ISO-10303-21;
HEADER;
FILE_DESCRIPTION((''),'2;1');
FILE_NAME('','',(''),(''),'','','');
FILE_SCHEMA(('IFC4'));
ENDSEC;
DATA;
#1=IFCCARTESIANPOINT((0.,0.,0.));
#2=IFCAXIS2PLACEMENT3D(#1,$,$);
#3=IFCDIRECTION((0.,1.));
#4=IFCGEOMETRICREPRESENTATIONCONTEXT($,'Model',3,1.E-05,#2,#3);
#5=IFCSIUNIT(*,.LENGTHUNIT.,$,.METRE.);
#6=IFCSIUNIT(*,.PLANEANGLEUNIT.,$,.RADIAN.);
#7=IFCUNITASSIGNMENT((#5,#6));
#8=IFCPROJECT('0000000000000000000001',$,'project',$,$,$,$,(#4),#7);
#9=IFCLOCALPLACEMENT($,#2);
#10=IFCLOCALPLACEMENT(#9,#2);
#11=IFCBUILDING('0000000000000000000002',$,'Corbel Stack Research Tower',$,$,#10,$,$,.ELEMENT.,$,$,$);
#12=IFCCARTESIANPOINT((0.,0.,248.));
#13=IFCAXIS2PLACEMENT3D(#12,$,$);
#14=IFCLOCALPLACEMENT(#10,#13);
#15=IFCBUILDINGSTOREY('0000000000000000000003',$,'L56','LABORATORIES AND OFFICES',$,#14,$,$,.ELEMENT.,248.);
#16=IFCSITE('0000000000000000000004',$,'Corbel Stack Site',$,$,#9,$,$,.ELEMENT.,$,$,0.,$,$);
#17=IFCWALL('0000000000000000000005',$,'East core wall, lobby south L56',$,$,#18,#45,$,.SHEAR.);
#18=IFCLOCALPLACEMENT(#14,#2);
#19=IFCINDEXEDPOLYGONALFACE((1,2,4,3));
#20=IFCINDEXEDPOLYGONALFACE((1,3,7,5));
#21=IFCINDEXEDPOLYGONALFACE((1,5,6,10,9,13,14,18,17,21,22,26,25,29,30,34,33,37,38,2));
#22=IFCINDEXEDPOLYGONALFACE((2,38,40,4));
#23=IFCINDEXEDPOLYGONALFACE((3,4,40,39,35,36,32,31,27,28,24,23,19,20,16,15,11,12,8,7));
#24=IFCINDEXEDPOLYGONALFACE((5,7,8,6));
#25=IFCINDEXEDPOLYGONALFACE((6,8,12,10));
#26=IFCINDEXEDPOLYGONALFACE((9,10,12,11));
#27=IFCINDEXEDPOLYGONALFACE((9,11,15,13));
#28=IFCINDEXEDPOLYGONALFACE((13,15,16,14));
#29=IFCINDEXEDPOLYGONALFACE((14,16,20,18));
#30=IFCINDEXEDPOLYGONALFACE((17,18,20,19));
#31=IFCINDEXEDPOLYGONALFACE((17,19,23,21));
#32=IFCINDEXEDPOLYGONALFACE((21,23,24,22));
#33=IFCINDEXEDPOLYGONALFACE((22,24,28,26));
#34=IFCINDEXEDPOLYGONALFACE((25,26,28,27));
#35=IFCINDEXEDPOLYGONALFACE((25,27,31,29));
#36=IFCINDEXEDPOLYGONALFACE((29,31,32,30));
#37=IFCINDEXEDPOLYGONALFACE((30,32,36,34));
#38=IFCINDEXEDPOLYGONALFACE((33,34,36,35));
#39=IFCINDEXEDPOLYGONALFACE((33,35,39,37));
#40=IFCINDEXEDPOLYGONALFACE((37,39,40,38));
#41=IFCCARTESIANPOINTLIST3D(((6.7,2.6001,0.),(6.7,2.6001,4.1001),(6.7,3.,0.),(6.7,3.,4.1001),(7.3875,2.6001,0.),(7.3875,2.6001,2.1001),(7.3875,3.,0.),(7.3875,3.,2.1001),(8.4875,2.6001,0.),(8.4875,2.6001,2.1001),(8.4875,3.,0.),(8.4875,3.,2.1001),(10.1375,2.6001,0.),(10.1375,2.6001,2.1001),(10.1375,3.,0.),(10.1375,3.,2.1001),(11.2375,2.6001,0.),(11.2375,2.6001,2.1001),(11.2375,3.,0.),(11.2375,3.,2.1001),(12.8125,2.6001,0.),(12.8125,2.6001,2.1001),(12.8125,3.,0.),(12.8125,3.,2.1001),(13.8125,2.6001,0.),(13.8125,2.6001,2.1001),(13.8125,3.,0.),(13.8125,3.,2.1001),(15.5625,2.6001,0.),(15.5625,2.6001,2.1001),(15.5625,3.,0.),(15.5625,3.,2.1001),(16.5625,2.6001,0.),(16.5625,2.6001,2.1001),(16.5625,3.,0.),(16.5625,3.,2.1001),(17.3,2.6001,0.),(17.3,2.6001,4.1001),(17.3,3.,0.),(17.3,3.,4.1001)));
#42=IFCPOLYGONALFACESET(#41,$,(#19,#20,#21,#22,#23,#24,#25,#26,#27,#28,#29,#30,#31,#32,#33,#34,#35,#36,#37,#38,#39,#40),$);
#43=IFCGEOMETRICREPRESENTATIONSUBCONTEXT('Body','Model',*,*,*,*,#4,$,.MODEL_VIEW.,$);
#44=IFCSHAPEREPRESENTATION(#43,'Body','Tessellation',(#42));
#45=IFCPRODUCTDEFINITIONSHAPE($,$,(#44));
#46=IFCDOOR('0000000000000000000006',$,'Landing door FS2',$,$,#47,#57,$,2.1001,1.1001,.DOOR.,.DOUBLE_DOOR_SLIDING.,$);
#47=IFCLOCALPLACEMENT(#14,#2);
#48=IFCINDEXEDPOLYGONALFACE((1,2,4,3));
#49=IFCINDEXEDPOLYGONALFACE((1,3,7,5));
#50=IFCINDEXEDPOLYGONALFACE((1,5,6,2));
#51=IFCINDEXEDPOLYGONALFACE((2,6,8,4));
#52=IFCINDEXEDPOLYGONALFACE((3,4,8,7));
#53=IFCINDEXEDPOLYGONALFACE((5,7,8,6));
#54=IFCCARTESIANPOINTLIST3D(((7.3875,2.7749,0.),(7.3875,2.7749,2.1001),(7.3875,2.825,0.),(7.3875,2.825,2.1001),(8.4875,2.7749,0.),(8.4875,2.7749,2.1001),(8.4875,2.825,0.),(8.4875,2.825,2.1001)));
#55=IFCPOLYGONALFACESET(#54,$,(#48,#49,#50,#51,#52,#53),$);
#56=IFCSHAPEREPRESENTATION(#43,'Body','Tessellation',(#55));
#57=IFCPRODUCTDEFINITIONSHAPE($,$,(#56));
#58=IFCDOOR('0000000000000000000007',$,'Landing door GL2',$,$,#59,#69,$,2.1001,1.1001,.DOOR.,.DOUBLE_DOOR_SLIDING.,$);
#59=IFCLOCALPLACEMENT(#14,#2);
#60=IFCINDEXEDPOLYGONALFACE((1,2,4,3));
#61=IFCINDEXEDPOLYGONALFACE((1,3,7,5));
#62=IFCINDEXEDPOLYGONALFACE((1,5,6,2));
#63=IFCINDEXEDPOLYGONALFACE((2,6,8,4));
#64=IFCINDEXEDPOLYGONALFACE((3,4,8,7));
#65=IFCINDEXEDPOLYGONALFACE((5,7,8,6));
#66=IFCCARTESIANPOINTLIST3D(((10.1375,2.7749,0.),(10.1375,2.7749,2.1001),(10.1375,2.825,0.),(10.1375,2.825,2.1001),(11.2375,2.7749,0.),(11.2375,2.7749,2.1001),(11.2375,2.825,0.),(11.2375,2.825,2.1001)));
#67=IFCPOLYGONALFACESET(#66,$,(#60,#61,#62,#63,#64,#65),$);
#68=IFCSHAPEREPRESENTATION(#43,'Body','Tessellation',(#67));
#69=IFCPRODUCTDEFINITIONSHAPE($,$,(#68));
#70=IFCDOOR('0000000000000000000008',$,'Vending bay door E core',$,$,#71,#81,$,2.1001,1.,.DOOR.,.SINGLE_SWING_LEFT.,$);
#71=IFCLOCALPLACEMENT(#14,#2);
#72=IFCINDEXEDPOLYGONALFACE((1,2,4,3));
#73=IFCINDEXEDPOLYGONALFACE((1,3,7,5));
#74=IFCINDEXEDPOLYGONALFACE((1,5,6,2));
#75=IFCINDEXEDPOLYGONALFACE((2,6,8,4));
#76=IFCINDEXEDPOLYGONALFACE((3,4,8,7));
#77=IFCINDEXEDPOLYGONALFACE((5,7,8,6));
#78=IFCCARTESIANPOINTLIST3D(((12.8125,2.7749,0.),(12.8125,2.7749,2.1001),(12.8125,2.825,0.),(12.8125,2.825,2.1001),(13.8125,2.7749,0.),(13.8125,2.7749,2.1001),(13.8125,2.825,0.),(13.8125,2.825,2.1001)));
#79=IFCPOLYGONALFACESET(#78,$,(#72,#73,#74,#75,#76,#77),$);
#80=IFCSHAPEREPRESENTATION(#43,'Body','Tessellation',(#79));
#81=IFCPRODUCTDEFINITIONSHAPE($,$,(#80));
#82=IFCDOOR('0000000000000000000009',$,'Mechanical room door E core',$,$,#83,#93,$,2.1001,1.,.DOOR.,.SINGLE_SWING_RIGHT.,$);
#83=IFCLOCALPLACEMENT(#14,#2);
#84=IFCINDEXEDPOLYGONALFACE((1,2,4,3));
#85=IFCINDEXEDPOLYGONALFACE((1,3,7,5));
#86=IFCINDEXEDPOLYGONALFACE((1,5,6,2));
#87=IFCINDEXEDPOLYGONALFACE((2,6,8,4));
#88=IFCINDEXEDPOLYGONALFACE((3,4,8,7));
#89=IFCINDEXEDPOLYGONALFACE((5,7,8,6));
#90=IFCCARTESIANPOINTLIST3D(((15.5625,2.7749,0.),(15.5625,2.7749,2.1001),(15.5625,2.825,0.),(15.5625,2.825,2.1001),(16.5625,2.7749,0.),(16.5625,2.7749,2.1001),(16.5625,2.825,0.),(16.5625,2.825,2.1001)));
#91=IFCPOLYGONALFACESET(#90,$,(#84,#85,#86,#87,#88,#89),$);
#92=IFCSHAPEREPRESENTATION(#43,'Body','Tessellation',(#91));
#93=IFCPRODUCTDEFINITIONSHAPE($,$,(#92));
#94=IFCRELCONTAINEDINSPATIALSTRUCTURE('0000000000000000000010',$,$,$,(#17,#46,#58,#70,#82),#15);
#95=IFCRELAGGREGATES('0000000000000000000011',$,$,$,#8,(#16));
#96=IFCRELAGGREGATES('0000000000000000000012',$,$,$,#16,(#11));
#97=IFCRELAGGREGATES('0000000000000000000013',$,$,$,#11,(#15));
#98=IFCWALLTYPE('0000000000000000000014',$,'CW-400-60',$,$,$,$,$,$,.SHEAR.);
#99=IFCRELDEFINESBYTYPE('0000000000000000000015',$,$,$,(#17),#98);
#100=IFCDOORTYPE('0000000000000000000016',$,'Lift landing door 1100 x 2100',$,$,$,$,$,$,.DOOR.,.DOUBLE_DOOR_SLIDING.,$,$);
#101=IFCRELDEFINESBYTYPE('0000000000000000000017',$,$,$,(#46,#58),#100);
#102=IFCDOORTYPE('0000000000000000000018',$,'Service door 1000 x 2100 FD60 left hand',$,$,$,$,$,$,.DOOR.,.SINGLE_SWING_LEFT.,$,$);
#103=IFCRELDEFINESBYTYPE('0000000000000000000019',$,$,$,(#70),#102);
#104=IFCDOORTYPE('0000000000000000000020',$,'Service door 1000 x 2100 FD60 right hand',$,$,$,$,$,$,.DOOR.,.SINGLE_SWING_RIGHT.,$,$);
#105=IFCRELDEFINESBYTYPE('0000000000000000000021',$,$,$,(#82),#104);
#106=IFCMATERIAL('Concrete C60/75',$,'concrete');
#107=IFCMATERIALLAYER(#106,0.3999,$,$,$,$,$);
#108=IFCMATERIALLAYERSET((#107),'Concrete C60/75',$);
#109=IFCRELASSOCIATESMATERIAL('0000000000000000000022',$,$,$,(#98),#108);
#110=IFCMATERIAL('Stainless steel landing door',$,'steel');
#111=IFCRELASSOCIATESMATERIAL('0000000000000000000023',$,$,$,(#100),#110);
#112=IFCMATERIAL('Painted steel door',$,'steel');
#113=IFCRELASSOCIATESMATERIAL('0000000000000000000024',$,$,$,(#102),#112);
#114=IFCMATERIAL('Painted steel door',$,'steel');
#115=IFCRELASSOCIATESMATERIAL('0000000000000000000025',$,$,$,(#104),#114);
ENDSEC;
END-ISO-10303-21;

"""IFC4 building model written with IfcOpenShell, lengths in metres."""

from ifc_helpers import new_model, si_unit, direction, frame, frame_2d, origin, place, context, subcontext, project, spatial, rectangle, extrude, material, layer, layer_set, type_object, element, fill, save


model = new_model("IFC4")

# Units and contexts
model_context = context("Model", 3, precision=1e-05, world=origin(), true_north=direction((0.0, 1.0)))
body_context = subcontext(model_context, "Body", "Model", "MODEL_VIEW")
ifc_project = project(units=[si_unit("LENGTHUNIT", "METRE"), si_unit("PLANEANGLEUNIT", "RADIAN")], contexts=[model_context])

# Site, building, storey
site_placement = place(None, origin())
site = spatial("IfcSite", under=ifc_project, at=site_placement, Name="Corbel Stack Site", CompositionType="ELEMENT", RefElevation=0.0)
building_placement = place(site_placement, origin())
building = spatial("IfcBuilding", under=site, at=building_placement, Name="Corbel Stack Research Tower", CompositionType="ELEMENT")
storey_placement = place(building_placement, frame((0.0, 0.0, 248.0)))
storey = spatial("IfcBuildingStorey", under=building, at=storey_placement, Name="L56", Description="LABORATORIES AND OFFICES", CompositionType="ELEMENT", Elevation=248.0)

# Wall, openings, doors
ifc_material_1 = material(Name="Concrete C60/75", Category="concrete")
ifc_layer_1 = layer(ifc_material_1, 0.3999)
ifc_layer_set_1 = layer_set([ifc_layer_1], Name="Concrete C60/75")
wall_type_1 = type_object("IfcWallType", Name="CW-400-60", PredefinedType="SHEAR", material=ifc_layer_set_1)
wall_1_placement = place(storey_placement, frame((6.7, 2.8, 0.0), z_axis=(0.0, 0.0, 1.0), x_axis=(1.0, 0.0, 0.0)))
wall_1 = element("IfcWall", 1, at=wall_1_placement, inside=storey, type_object=wall_type_1, Name="East core wall, lobby south L56", PredefinedType="SHEAR", context=body_context, shape_type="SweptSolid", body=[
    extrude(rectangle(XDim=10.6001, YDim=0.3999, at=frame_2d((5.3, 0.0))), origin(), (0.0, 0.0, 1.0), 4.1001),
])
opening_1_placement = place(wall_1_placement, frame((0.6875, 0.0, 0.0)))
opening_1 = element("IfcOpeningElement", 2, at=opening_1_placement, cuts=wall_1, PredefinedType="OPENING", context=body_context, shape_type="SweptSolid", body=[
    extrude(rectangle(XDim=1.1001, YDim=2.1001, at=frame_2d((0.55, 1.05))), frame((0.0, 0.21, 0.0), z_axis=(0.0, -1.0, 0.0), x_axis=(1.0, 0.0, 0.0)), (0.0, 0.0, 1.0), 0.4199),
])
opening_2_placement = place(wall_1_placement, frame((3.4375, 0.0, 0.0)))
opening_2 = element("IfcOpeningElement", 3, at=opening_2_placement, cuts=wall_1, PredefinedType="OPENING", context=body_context, shape_type="SweptSolid", body=[
    extrude(rectangle(XDim=1.1001, YDim=2.1001, at=frame_2d((0.55, 1.05))), frame((0.0, 0.21, 0.0), z_axis=(0.0, -1.0, 0.0), x_axis=(1.0, 0.0, 0.0)), (0.0, 0.0, 1.0), 0.4199),
])
opening_3_placement = place(wall_1_placement, frame((6.1125, 0.0, 0.0)))
opening_3 = element("IfcOpeningElement", 4, at=opening_3_placement, cuts=wall_1, PredefinedType="OPENING", context=body_context, shape_type="SweptSolid", body=[
    extrude(rectangle(XDim=1.0, YDim=2.1001, at=frame_2d((0.5, 1.05))), frame((0.0, 0.21, 0.0), z_axis=(0.0, -1.0, 0.0), x_axis=(1.0, 0.0, 0.0)), (0.0, 0.0, 1.0), 0.4199),
])
opening_4_placement = place(wall_1_placement, frame((8.8625, 0.0, 0.0)))
opening_4 = element("IfcOpeningElement", 5, at=opening_4_placement, cuts=wall_1, PredefinedType="OPENING", context=body_context, shape_type="SweptSolid", body=[
    extrude(rectangle(XDim=1.0, YDim=2.1001, at=frame_2d((0.5, 1.05))), frame((0.0, 0.21, 0.0), z_axis=(0.0, -1.0, 0.0), x_axis=(1.0, 0.0, 0.0)), (0.0, 0.0, 1.0), 0.4199),
])
ifc_material_2 = material(Name="Stainless steel landing door", Category="steel")
door_type_1 = type_object("IfcDoorType", Name="Lift landing door 1100 x 2100", OperationType="DOUBLE_DOOR_SLIDING", PredefinedType="DOOR", material=ifc_material_2)
door_1_placement = place(opening_1_placement, origin())
door_1 = element("IfcDoor", 6, at=door_1_placement, inside=storey, type_object=door_type_1, Name="Landing door FS2", OperationType="DOUBLE_DOOR_SLIDING", OverallHeight=2.1001, OverallWidth=1.1001, PredefinedType="DOOR", context=body_context, shape_type="SweptSolid", body=[
    extrude(rectangle(XDim=1.1001, YDim=2.1001, at=frame_2d((0.55, 1.05))), frame((0.0, 0.0249, 0.0), z_axis=(0.0, -1.0, 0.0), x_axis=(1.0, 0.0, 0.0)), (0.0, 0.0, 1.0), 0.05),
])
fill(opening_1, door_1)
door_2_placement = place(opening_2_placement, origin())
door_2 = element("IfcDoor", 7, at=door_2_placement, inside=storey, type_object=door_type_1, Name="Landing door GL2", OperationType="DOUBLE_DOOR_SLIDING", OverallHeight=2.1001, OverallWidth=1.1001, PredefinedType="DOOR", context=body_context, shape_type="SweptSolid", body=[
    extrude(rectangle(XDim=1.1001, YDim=2.1001, at=frame_2d((0.55, 1.05))), frame((0.0, 0.0249, 0.0), z_axis=(0.0, -1.0, 0.0), x_axis=(1.0, 0.0, 0.0)), (0.0, 0.0, 1.0), 0.05),
])
fill(opening_2, door_2)
ifc_material_3 = material(Name="Painted steel door", Category="steel")
door_type_2 = type_object("IfcDoorType", Name="Service door 1000 x 2100 FD60 left hand", OperationType="SINGLE_SWING_LEFT", PredefinedType="DOOR", material=ifc_material_3)
door_3_placement = place(opening_3_placement, origin())
door_3 = element("IfcDoor", 8, at=door_3_placement, inside=storey, type_object=door_type_2, Name="Vending bay door E core", OperationType="SINGLE_SWING_LEFT", OverallHeight=2.1001, OverallWidth=1.0, PredefinedType="DOOR", context=body_context, shape_type="SweptSolid", body=[
    extrude(rectangle(XDim=1.0, YDim=2.1001, at=frame_2d((0.5, 1.05))), frame((0.0, 0.0249, 0.0), z_axis=(0.0, -1.0, 0.0), x_axis=(1.0, 0.0, 0.0)), (0.0, 0.0, 1.0), 0.05),
])
fill(opening_3, door_3)
ifc_material_4 = material(Name="Painted steel door", Category="steel")
door_type_3 = type_object("IfcDoorType", Name="Service door 1000 x 2100 FD60 right hand", OperationType="SINGLE_SWING_RIGHT", PredefinedType="DOOR", material=ifc_material_4)
door_4_placement = place(opening_4_placement, origin())
door_4 = element("IfcDoor", 9, at=door_4_placement, inside=storey, type_object=door_type_3, Name="Mechanical room door E core", OperationType="SINGLE_SWING_RIGHT", OverallHeight=2.1001, OverallWidth=1.0, PredefinedType="DOOR", context=body_context, shape_type="SweptSolid", body=[
    extrude(rectangle(XDim=1.0, YDim=2.1001, at=frame_2d((0.5, 1.05))), frame((0.0, 0.0249, 0.0), z_axis=(0.0, -1.0, 0.0), x_axis=(1.0, 0.0, 0.0)), (0.0, 0.0, 1.0), 0.05),
])
fill(opening_4, door_4)

save(model, "model.ifc")
